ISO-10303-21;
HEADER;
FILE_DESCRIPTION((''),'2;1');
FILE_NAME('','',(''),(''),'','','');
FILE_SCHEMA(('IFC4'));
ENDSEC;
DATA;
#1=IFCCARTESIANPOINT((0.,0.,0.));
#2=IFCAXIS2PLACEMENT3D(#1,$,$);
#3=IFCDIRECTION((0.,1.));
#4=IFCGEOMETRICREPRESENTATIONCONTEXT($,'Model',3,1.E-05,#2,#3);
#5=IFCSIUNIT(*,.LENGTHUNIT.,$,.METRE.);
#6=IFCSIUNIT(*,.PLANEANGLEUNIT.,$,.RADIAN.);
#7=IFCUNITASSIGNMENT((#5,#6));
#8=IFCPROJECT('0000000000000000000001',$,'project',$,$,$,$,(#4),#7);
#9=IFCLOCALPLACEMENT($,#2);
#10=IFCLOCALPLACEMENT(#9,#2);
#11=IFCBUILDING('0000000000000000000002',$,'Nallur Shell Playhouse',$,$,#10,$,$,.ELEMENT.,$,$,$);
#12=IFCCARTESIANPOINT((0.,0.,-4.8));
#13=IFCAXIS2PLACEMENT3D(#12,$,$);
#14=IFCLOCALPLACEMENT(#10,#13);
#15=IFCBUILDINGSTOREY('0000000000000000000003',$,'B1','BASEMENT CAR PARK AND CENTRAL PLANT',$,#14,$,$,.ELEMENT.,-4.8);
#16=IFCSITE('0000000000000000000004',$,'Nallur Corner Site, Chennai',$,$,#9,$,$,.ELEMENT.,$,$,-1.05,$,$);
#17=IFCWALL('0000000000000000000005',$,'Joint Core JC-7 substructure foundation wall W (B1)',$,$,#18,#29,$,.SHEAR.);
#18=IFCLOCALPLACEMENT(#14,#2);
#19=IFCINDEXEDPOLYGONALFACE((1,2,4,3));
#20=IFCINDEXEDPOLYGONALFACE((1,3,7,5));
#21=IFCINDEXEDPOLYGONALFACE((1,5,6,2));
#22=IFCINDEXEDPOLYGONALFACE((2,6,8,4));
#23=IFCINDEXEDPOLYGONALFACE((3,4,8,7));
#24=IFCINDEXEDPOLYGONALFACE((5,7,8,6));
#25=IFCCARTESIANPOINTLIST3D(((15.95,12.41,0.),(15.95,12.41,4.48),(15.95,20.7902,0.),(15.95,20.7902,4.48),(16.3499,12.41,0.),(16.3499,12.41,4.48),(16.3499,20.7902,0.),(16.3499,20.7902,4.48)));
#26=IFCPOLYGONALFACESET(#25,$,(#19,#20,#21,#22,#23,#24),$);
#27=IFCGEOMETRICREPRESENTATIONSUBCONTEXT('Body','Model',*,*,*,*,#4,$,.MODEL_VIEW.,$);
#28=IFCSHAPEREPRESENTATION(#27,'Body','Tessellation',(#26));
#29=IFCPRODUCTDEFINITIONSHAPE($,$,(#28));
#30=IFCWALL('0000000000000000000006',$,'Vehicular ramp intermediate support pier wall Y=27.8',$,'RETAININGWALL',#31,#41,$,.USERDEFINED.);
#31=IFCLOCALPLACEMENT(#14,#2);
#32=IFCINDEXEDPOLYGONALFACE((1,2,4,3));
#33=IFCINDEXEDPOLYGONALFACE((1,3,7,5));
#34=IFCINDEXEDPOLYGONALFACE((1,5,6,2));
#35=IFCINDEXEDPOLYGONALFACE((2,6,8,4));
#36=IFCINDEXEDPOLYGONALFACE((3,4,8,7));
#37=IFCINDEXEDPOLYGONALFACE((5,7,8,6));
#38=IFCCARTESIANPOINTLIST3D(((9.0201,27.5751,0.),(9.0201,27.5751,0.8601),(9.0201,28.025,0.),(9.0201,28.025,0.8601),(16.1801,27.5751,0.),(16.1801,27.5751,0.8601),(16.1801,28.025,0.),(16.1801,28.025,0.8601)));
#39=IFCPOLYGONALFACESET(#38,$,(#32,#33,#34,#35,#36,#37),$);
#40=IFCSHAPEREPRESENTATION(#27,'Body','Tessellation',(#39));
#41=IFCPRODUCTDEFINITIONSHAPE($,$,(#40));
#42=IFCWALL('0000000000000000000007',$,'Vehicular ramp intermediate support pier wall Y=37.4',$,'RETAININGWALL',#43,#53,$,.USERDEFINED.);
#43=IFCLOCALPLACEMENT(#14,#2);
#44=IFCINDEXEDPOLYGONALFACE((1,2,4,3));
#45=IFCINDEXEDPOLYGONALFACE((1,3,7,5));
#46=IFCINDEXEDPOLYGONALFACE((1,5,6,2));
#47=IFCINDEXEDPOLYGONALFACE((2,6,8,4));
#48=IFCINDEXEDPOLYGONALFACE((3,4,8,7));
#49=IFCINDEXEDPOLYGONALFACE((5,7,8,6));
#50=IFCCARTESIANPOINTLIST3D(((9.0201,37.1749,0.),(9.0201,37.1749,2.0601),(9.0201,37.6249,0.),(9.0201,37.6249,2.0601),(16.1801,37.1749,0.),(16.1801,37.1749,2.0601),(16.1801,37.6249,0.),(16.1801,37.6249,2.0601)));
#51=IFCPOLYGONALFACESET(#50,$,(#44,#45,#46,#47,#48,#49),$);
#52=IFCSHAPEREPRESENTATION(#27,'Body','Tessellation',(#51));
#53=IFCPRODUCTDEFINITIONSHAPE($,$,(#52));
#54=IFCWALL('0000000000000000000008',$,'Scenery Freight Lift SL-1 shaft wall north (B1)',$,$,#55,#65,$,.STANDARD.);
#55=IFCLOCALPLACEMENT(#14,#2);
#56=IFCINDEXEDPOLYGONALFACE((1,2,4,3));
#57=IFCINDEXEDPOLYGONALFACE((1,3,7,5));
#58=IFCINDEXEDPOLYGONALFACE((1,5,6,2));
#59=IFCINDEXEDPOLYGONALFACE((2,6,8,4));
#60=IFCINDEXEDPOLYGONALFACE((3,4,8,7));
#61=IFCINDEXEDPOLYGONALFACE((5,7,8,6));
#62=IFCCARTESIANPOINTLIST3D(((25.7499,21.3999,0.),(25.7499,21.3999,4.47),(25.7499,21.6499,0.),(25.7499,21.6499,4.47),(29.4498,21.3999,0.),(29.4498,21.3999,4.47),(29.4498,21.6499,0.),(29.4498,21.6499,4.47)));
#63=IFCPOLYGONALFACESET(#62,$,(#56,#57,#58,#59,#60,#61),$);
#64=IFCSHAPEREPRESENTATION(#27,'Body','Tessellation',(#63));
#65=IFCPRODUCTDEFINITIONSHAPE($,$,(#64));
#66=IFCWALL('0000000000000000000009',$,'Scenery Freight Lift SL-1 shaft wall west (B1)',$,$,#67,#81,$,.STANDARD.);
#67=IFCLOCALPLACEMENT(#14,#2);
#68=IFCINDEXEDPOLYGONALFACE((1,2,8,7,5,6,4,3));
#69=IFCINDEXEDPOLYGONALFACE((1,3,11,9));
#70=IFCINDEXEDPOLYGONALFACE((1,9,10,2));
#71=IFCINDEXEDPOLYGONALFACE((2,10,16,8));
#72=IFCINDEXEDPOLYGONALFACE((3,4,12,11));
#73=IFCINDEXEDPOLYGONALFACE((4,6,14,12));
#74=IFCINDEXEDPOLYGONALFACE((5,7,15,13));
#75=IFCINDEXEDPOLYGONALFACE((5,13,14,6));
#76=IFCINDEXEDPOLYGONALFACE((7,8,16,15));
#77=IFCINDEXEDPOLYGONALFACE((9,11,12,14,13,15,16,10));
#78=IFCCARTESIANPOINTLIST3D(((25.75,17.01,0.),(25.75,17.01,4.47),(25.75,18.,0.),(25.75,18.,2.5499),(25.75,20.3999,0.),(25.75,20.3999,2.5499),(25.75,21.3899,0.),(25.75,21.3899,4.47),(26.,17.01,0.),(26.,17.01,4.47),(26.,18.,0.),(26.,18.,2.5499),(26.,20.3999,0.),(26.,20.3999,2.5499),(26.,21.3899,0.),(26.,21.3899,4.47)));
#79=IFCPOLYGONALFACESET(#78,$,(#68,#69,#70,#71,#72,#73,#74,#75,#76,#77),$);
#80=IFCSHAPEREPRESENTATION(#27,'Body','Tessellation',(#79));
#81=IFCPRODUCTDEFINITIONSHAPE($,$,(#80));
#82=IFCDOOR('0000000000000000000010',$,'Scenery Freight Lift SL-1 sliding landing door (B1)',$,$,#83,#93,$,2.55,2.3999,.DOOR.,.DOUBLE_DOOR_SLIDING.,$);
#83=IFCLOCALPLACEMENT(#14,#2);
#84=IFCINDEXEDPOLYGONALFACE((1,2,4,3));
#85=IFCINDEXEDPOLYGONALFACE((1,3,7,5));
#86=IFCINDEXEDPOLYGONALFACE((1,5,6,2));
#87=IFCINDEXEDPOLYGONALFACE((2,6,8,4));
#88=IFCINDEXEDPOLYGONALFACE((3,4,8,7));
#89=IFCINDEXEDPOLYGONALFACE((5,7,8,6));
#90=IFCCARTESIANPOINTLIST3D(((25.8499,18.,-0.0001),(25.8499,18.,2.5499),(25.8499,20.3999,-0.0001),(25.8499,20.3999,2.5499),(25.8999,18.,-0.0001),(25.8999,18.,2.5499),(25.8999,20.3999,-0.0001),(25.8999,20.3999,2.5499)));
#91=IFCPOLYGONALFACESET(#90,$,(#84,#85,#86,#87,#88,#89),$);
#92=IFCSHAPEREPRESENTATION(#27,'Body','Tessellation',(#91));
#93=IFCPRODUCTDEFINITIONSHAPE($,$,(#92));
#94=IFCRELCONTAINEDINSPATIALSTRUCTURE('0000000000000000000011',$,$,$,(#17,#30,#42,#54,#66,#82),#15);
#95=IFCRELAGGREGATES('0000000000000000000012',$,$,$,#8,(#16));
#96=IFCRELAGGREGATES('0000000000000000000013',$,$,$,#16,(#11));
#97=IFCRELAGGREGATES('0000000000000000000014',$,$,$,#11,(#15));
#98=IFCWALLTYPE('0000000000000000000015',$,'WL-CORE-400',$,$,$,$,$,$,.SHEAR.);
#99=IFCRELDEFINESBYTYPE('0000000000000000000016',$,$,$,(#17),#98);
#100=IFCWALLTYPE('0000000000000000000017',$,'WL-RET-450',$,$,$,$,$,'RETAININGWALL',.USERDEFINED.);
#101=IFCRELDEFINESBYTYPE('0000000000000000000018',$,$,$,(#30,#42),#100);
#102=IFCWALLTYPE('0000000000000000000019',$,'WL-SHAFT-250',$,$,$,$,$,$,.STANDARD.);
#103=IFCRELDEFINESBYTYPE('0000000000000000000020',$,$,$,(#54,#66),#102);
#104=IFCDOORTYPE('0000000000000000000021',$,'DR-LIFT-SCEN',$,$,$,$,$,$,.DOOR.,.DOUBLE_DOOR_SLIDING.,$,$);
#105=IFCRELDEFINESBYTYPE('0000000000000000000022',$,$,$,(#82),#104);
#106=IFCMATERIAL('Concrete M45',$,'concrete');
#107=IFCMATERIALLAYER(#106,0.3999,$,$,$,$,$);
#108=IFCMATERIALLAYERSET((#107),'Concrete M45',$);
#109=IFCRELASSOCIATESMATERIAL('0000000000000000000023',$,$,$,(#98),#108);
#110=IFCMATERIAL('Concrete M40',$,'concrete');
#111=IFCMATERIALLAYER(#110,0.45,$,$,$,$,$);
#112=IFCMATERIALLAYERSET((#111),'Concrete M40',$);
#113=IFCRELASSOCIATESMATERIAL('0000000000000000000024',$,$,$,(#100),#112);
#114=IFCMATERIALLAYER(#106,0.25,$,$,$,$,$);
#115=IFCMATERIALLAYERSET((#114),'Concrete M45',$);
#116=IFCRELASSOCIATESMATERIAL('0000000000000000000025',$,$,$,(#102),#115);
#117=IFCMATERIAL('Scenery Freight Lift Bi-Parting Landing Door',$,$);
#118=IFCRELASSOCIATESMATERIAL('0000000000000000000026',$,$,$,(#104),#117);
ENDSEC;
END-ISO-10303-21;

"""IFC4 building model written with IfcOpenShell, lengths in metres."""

from ifc_helpers import new_model, si_unit, direction, frame, frame_2d, origin, place, context, subcontext, project, spatial, rectangle, extrude, material, layer, layer_set, type_object, element, fill, save


model = new_model("IFC4")

# Units and contexts
model_context = context("Model", 3, precision=1e-05, world=origin(), true_north=direction((0.0, 1.0)))
body_context = subcontext(model_context, "Body", "Model", "MODEL_VIEW")
ifc_project = project(units=[si_unit("LENGTHUNIT", "METRE"), si_unit("PLANEANGLEUNIT", "RADIAN")], contexts=[model_context])

# Site, building, storey
site_placement = place(None, origin())
site = spatial("IfcSite", under=ifc_project, at=site_placement, Name="Nallur Corner Site, Chennai", CompositionType="ELEMENT", RefElevation=-1.05)
building_placement = place(site_placement, origin())
building = spatial("IfcBuilding", under=site, at=building_placement, Name="Nallur Shell Playhouse", CompositionType="ELEMENT")
storey_placement = place(building_placement, frame((0.0, 0.0, -4.8)))
storey = spatial("IfcBuildingStorey", under=building, at=storey_placement, Name="B1", Description="BASEMENT CAR PARK AND CENTRAL PLANT", CompositionType="ELEMENT", Elevation=-4.8)

# Shared definitions
ifc_material_1 = material(Name="Concrete M40", Category="concrete")

# Walls
ifc_material_2 = material(Name="Concrete M45", Category="concrete")
ifc_layer_1 = layer(ifc_material_2, 0.3999)
ifc_layer_set_1 = layer_set([ifc_layer_1], Name="Concrete M45")
wall_type_1 = type_object("IfcWallType", Name="WL-CORE-400", PredefinedType="SHEAR", material=ifc_layer_set_1)
wall_1_placement = place(storey_placement, frame((16.1499, 20.79, 0.0), z_axis=(0.0, 0.0, 1.0), x_axis=(0.0, -1.0, 0.0)))
element("IfcWall", 1, at=wall_1_placement, inside=storey, type_object=wall_type_1, Name="Joint Core JC-7 substructure foundation wall W (B1)", PredefinedType="SHEAR", context=body_context, shape_type="SweptSolid", body=[
    extrude(rectangle(XDim=8.3801, YDim=0.3999, at=frame_2d((4.1899, 0.0))), origin(), (0.0, 0.0, 1.0), 4.48),
])
ifc_layer_2 = layer(ifc_material_1, 0.45)
ifc_layer_set_2 = layer_set([ifc_layer_2], Name="Concrete M40")
wall_type_2 = type_object("IfcWallType", Name="WL-RET-450", ElementType="RETAININGWALL", PredefinedType="USERDEFINED", material=ifc_layer_set_2)
wall_2_placement = place(storey_placement, frame((9.02, 27.8, 0.0), z_axis=(0.0, 0.0, 1.0), x_axis=(1.0, 0.0, 0.0)))
element("IfcWall", 2, at=wall_2_placement, inside=storey, type_object=wall_type_2, Name="Vehicular ramp intermediate support pier wall Y=27.8", ObjectType="RETAININGWALL", PredefinedType="USERDEFINED", context=body_context, shape_type="SweptSolid", body=[
    extrude(rectangle(XDim=7.1599, YDim=0.45, at=frame_2d((3.5801, 0.0))), origin(), (0.0, 0.0, 1.0), 0.8601),
])
wall_3_placement = place(storey_placement, frame((9.02, 37.3999, 0.0), z_axis=(0.0, 0.0, 1.0), x_axis=(1.0, 0.0, 0.0)))
element("IfcWall", 3, at=wall_3_placement, inside=storey, type_object=wall_type_2, Name="Vehicular ramp intermediate support pier wall Y=37.4", ObjectType="RETAININGWALL", PredefinedType="USERDEFINED", context=body_context, shape_type="SweptSolid", body=[
    extrude(rectangle(XDim=7.1599, YDim=0.45, at=frame_2d((3.5801, 0.0))), origin(), (0.0, 0.0, 1.0), 2.0601),
])
ifc_layer_3 = layer(ifc_material_2, 0.25)
ifc_layer_set_3 = layer_set([ifc_layer_3], Name="Concrete M45")
wall_type_3 = type_object("IfcWallType", Name="WL-SHAFT-250", PredefinedType="STANDARD", material=ifc_layer_set_3)
wall_4_placement = place(storey_placement, frame((29.45, 21.5249, 0.0), z_axis=(0.0, 0.0, 1.0), x_axis=(-1.0, 0.0, 0.0)))
element("IfcWall", 4, at=wall_4_placement, inside=storey, type_object=wall_type_3, Name="Scenery Freight Lift SL-1 shaft wall north (B1)", PredefinedType="STANDARD", context=body_context, shape_type="SweptSolid", body=[
    extrude(rectangle(XDim=3.7, YDim=0.25, at=frame_2d((1.8501, 0.0))), origin(), (0.0, 0.0, 1.0), 4.47),
])

# Wall, opening, door
wall_5_placement = place(storey_placement, frame((25.875, 21.3899, 0.0), z_axis=(0.0, 0.0, 1.0), x_axis=(0.0, -1.0, 0.0)))
wall_5 = element("IfcWall", 5, at=wall_5_placement, inside=storey, type_object=wall_type_3, Name="Scenery Freight Lift SL-1 shaft wall west (B1)", PredefinedType="STANDARD", context=body_context, shape_type="SweptSolid", body=[
    extrude(rectangle(XDim=4.3799, YDim=0.25, at=frame_2d((2.1899, 0.0))), origin(), (0.0, 0.0, 1.0), 4.47),
])
opening_placement = place(wall_5_placement, frame((0.99, 0.0, 0.0)))
opening = element("IfcOpeningElement", 6, at=opening_placement, cuts=wall_5, PredefinedType="OPENING", context=body_context, shape_type="SweptSolid", body=[
    extrude(rectangle(XDim=2.3999, YDim=2.55, at=frame_2d((1.2, 1.2749))), frame((0.0, 0.135, 0.0), z_axis=(0.0, -1.0, 0.0), x_axis=(1.0, 0.0, 0.0)), (0.0, 0.0, 1.0), 0.27),
])
ifc_material_3 = material(Name="Scenery Freight Lift Bi-Parting Landing Door")
door_type = type_object("IfcDoorType", Name="DR-LIFT-SCEN", OperationType="DOUBLE_DOOR_SLIDING", PredefinedType="DOOR", material=ifc_material_3)
door_placement = place(opening_placement, origin())
door = element("IfcDoor", 7, at=door_placement, inside=storey, type_object=door_type, Name="Scenery Freight Lift SL-1 sliding landing door (B1)", OperationType="DOUBLE_DOOR_SLIDING", OverallHeight=2.55, OverallWidth=2.3999, PredefinedType="DOOR", context=body_context, shape_type="SweptSolid", body=[
    extrude(rectangle(XDim=2.3999, YDim=2.55, at=frame_2d((1.2, 1.2749))), frame((0.0, 0.0249, 0.0), z_axis=(0.0, -1.0, 0.0), x_axis=(1.0, 0.0, 0.0)), (0.0, 0.0, 1.0), 0.05),
])
fill(opening, door)

save(model, "model.ifc")
